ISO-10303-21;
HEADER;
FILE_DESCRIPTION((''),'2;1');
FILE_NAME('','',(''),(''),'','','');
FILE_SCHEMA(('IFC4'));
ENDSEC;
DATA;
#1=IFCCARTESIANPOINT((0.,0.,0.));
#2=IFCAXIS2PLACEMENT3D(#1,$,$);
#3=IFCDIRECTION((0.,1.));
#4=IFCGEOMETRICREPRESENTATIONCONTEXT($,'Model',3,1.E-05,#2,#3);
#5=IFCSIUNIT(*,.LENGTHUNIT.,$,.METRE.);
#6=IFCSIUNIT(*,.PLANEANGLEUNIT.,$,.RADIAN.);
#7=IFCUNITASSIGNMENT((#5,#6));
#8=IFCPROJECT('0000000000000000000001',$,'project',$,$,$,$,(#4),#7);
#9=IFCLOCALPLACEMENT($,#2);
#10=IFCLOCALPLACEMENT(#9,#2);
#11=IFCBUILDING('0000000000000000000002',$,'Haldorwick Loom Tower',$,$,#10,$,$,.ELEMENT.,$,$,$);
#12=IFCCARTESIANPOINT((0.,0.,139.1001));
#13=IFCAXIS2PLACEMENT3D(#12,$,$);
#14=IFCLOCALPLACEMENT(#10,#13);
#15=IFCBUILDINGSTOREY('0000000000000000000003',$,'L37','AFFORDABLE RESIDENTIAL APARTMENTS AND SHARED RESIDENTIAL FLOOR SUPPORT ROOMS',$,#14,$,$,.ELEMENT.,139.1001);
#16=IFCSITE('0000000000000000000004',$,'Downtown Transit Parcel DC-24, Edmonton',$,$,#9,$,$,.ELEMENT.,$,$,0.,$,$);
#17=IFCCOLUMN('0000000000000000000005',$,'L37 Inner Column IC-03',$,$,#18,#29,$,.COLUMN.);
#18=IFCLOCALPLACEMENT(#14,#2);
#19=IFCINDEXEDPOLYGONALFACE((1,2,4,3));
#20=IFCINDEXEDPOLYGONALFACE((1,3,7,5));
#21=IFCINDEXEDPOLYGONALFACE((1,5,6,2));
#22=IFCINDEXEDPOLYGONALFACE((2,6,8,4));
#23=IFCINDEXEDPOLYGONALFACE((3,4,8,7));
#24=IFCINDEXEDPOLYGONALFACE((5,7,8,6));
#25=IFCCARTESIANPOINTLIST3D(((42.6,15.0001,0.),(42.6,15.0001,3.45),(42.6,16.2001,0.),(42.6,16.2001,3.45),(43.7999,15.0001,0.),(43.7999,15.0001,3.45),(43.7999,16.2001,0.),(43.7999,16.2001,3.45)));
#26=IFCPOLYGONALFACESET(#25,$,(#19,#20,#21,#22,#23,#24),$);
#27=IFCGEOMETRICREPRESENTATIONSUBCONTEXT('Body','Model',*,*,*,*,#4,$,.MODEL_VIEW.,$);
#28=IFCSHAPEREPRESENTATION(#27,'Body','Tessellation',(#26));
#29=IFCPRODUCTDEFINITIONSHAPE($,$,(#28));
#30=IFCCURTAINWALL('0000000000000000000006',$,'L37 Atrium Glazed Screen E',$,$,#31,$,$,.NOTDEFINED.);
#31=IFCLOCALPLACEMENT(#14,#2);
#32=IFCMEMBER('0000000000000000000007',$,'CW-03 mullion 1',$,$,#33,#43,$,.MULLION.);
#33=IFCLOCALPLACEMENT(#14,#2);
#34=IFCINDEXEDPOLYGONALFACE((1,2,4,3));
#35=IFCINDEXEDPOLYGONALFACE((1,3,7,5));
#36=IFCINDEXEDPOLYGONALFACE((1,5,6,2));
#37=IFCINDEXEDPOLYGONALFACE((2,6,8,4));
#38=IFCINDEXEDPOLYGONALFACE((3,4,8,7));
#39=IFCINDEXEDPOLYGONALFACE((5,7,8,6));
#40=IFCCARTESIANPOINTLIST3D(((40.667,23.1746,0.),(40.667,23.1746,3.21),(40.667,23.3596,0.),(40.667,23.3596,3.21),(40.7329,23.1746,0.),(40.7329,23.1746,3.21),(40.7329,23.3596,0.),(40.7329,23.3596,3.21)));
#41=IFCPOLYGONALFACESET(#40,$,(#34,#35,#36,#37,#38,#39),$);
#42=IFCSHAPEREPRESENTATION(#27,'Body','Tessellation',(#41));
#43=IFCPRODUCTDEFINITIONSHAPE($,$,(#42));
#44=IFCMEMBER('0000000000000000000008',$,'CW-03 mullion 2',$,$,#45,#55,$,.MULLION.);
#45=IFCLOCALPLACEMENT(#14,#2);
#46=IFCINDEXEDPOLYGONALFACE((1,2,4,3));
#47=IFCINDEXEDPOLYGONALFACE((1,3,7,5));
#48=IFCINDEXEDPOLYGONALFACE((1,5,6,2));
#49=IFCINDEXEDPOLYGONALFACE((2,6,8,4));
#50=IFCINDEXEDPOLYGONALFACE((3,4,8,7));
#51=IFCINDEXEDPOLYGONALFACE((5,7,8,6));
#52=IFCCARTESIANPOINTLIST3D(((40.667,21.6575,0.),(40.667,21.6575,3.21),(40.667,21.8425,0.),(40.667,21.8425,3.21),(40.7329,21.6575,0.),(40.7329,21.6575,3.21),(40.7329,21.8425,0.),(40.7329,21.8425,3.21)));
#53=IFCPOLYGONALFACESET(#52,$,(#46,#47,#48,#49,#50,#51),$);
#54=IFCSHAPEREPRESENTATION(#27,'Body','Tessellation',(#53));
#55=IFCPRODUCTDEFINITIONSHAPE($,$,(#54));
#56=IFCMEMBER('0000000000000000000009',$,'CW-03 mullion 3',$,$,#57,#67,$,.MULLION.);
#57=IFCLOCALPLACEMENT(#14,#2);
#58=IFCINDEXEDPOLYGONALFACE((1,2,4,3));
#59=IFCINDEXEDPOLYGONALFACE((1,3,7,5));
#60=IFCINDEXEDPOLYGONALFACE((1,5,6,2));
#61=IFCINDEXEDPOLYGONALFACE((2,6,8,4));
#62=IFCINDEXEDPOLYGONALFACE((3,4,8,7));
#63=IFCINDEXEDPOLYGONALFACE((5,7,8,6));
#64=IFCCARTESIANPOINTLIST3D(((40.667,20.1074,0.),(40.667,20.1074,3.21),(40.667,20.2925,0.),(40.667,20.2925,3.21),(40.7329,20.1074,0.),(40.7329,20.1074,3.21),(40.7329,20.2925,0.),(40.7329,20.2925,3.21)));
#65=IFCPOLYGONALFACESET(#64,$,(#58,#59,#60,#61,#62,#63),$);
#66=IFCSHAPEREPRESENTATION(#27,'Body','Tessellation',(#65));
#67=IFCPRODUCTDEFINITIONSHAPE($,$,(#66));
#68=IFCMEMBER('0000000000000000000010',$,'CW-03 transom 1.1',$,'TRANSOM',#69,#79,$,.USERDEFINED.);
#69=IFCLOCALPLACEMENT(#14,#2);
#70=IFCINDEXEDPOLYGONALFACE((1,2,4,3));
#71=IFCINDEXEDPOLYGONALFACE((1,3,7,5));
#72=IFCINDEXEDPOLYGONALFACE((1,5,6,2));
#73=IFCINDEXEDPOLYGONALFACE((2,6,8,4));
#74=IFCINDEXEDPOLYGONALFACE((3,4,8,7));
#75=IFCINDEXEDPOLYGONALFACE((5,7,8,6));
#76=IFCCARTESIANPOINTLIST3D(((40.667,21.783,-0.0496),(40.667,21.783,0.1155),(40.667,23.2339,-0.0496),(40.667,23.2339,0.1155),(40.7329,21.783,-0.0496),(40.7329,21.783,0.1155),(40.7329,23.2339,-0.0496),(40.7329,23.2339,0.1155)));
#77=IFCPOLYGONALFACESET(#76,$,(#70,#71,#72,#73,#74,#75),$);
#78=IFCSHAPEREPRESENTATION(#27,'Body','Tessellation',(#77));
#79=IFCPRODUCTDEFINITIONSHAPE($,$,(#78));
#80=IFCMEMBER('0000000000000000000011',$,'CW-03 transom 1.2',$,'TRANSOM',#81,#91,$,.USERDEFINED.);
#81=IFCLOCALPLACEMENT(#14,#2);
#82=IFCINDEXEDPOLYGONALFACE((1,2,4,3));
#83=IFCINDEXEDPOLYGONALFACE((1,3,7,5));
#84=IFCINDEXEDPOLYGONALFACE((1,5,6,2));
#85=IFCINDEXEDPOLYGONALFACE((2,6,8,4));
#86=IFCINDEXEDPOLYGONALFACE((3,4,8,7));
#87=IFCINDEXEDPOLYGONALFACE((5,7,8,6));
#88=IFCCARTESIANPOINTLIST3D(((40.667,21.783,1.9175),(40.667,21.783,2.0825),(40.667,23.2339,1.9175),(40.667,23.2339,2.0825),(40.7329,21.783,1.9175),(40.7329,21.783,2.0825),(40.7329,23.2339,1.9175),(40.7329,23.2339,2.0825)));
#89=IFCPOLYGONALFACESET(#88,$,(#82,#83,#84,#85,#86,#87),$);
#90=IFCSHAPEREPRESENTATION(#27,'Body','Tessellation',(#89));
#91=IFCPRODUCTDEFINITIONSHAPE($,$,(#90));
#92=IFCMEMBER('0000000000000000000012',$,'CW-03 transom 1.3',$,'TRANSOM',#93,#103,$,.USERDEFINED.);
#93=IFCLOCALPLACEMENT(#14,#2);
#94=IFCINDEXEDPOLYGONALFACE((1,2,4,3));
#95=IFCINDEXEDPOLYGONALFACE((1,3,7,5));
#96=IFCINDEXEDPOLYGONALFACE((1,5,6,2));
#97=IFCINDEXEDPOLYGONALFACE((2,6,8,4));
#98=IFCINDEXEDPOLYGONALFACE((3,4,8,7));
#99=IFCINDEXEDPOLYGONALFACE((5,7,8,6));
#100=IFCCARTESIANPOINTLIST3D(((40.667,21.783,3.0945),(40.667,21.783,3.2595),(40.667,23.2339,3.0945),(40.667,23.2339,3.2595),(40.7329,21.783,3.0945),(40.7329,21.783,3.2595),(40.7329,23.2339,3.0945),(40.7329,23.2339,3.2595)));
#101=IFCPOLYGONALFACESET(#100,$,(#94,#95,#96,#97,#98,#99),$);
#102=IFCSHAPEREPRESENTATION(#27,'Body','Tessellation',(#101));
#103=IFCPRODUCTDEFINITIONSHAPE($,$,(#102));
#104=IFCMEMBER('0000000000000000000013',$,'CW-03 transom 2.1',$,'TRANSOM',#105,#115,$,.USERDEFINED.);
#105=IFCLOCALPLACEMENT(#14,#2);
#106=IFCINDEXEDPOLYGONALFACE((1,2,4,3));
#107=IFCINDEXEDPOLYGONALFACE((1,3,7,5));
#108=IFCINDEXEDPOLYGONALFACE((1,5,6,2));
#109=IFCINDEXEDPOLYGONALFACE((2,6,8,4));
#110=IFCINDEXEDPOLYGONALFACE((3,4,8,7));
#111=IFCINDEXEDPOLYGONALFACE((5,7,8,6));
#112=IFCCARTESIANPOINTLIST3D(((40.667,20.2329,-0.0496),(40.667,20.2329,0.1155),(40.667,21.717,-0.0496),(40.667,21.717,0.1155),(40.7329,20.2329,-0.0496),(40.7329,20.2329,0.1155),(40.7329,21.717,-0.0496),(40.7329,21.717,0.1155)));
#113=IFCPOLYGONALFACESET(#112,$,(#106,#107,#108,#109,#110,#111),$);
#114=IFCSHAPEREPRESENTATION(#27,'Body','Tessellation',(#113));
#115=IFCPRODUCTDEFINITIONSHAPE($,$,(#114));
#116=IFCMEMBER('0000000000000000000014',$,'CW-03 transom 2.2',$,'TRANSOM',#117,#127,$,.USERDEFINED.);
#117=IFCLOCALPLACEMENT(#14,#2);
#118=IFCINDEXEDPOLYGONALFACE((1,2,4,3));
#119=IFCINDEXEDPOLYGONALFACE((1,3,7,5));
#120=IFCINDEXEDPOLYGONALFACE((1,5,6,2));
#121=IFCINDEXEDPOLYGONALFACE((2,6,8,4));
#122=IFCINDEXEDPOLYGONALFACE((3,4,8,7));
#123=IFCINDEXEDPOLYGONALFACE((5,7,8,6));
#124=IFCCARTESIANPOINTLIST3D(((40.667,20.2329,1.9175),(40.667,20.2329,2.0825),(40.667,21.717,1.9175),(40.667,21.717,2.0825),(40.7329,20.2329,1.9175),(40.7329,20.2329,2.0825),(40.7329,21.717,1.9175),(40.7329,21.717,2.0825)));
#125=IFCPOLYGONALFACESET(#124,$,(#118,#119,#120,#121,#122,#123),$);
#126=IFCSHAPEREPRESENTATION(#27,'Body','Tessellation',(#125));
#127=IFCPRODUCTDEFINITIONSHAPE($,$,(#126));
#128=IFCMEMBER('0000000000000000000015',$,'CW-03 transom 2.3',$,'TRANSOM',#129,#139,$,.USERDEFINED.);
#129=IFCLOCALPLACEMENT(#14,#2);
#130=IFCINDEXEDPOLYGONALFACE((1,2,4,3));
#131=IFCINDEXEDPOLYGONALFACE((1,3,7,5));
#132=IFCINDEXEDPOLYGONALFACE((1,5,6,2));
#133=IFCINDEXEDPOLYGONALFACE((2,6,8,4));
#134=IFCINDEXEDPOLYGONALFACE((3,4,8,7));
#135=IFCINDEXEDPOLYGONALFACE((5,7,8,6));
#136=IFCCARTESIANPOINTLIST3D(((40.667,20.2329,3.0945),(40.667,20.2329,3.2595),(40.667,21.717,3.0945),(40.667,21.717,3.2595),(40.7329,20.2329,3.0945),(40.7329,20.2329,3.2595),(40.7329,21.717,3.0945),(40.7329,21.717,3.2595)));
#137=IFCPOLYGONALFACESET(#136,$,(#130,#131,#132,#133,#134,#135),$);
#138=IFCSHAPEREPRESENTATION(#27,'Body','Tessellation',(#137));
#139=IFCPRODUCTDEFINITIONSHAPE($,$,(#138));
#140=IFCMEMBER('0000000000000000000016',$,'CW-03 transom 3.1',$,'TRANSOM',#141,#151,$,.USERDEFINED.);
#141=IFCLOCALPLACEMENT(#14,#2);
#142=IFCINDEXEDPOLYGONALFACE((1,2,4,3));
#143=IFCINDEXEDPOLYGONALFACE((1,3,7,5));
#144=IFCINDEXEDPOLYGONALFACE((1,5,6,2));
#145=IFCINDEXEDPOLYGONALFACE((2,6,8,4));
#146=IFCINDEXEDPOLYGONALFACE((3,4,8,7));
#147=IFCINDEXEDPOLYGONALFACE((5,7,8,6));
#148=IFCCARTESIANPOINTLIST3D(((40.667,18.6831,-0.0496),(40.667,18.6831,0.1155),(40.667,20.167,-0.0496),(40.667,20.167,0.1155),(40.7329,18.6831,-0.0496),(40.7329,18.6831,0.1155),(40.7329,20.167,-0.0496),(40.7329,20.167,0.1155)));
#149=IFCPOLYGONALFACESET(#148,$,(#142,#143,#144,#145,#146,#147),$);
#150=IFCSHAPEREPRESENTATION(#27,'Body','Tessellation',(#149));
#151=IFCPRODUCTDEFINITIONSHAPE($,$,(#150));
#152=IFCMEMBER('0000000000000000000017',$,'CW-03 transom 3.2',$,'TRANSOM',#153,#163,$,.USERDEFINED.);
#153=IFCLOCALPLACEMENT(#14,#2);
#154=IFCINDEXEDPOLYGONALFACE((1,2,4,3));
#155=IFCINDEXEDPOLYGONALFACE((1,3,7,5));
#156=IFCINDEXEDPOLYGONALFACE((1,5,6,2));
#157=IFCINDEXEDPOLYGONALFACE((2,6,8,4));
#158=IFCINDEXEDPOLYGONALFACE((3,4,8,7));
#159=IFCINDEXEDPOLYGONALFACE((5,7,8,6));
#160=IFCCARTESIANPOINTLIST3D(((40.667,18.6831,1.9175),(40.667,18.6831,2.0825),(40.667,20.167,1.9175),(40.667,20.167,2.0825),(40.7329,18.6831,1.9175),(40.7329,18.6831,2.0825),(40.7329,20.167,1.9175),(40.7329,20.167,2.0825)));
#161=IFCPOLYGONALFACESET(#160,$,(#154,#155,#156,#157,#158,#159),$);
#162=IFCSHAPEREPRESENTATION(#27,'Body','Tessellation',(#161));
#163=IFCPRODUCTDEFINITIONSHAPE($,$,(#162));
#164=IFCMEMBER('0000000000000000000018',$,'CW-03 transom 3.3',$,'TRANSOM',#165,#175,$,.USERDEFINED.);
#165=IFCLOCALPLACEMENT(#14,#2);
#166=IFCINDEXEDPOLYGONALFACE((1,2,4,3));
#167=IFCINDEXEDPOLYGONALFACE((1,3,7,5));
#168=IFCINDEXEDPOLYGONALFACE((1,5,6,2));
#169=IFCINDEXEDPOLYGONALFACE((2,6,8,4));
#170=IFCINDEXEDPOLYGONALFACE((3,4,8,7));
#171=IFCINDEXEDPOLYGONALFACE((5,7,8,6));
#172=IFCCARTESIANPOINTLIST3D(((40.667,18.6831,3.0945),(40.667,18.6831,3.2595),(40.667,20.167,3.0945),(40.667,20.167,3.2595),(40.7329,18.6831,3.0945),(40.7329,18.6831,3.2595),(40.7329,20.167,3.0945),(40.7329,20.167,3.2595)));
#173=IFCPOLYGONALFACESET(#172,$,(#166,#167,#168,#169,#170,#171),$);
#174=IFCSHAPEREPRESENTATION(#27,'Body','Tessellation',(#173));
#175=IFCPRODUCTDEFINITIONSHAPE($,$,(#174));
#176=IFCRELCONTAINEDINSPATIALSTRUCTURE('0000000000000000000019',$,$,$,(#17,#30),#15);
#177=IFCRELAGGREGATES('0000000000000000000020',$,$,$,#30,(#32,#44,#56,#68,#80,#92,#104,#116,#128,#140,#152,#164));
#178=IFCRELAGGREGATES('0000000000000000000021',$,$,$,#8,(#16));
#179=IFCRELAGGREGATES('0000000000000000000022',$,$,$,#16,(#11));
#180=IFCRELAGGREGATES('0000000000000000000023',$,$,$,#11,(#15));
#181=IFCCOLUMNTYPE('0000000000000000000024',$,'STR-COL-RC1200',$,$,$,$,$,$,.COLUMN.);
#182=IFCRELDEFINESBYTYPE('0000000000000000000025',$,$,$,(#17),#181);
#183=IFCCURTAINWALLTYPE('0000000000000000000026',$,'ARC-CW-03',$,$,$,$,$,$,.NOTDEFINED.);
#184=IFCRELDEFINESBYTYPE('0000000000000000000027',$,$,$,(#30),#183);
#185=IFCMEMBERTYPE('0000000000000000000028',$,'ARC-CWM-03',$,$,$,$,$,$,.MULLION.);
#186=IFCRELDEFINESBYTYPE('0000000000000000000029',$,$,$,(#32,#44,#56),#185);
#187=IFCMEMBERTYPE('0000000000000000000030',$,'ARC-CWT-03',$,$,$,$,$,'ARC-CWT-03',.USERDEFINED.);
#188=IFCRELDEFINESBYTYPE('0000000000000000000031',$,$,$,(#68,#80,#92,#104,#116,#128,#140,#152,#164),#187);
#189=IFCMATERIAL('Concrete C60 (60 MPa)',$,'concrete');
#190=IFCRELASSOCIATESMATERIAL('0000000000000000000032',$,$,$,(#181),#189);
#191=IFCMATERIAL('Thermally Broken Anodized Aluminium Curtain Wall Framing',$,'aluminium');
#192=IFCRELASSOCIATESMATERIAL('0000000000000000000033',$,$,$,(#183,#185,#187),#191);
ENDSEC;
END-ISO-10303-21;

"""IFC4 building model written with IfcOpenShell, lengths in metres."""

from ifc_helpers import new_model, si_unit, direction, frame, origin, origin_2d, place, context, subcontext, project, spatial, rectangle, extrude, material, material_profile, profile_set, type_object, element, aggregate, save


model = new_model("IFC4")

# Units and contexts
model_context = context("Model", 3, precision=1e-05, world=origin(), true_north=direction((0.0, 1.0)))
body_context = subcontext(model_context, "Body", "Model", "MODEL_VIEW")
ifc_project = project(units=[si_unit("LENGTHUNIT", "METRE"), si_unit("PLANEANGLEUNIT", "RADIAN")], contexts=[model_context])

# Site, building, storey
site_placement = place(None, origin())
site = spatial("IfcSite", under=ifc_project, at=site_placement, Name="Downtown Transit Parcel DC-24, Edmonton", CompositionType="ELEMENT", RefElevation=0.0)
building_placement = place(site_placement, origin())
building = spatial("IfcBuilding", under=site, at=building_placement, Name="Haldorwick Loom Tower", CompositionType="ELEMENT")
storey_placement = place(building_placement, frame((0.0, 0.0, 139.1001)))
storey = spatial("IfcBuildingStorey", under=building, at=storey_placement, Name="L37", Description="AFFORDABLE RESIDENTIAL APARTMENTS AND SHARED RESIDENTIAL FLOOR SUPPORT ROOMS", CompositionType="ELEMENT", Elevation=139.1001)

# Column
ifc_material_1 = material(Name="Concrete C60 (60 MPa)", Category="concrete")
ifc_material_profile_1 = material_profile(ifc_material_1, rectangle(XDim=1.2, YDim=1.2, at=origin_2d()), Name="RC1200X1200", Category="concrete")
ifc_profile_set_1 = profile_set([ifc_material_profile_1], Name="Concrete C60 (60 MPa)")
column_type = type_object("IfcColumnType", Name="STR-COL-RC1200", PredefinedType="COLUMN", material=ifc_profile_set_1)
column_placement = place(storey_placement, frame((43.2, 15.6001, 0.0), z_axis=(0.0, 0.0, 1.0), x_axis=(1.0, 0.0, 0.0)))
element("IfcColumn", 1, at=column_placement, inside=storey, type_object=column_type, Name="L37 Inner Column IC-03", PredefinedType="COLUMN", context=body_context, shape_type="SweptSolid", body=[
    extrude(rectangle(XDim=1.2, YDim=1.2, at=origin_2d()), origin(), (0.0, 0.0, 1.0), 3.45),
])

# Curtain wall, members
ifc_material_2 = material(Name="Thermally Broken Anodized Aluminium Curtain Wall Framing", Category="aluminium")
curtain_wall_type = type_object("IfcCurtainWallType", Name="ARC-CW-03", PredefinedType="NOTDEFINED", material=ifc_material_2)
curtain_wall_placement = place(storey_placement, origin())
curtain_wall = element("IfcCurtainWall", 2, at=curtain_wall_placement, inside=storey, type_object=curtain_wall_type, Name="L37 Atrium Glazed Screen E", PredefinedType="NOTDEFINED")
ifc_material_profile_2 = material_profile(ifc_material_2, rectangle(XDim=0.0659, YDim=0.1851, at=origin_2d()), Name="ALU_MUL_66X185", Category="aluminium")
ifc_profile_set_2 = profile_set([ifc_material_profile_2], Name="Thermally Broken Anodized Aluminium Curtain Wall Framing")
member_type_1 = type_object("IfcMemberType", Name="ARC-CWM-03", PredefinedType="MULLION", material=ifc_profile_set_2)
member_1_placement = place(storey_placement, frame((40.7, 23.2671, 0.0), z_axis=(0.0, 0.0, 1.0), x_axis=(1.0, 0.0, 0.0)))
member_1 = element("IfcMember", 3, at=member_1_placement, type_object=member_type_1, Name="CW-03 mullion 1", PredefinedType="MULLION", context=body_context, shape_type="SweptSolid", body=[
    extrude(rectangle(XDim=0.0659, YDim=0.1851, at=origin_2d()), origin(), (0.0, 0.0, 1.0), 3.21),
])
member_2_placement = place(storey_placement, frame((40.7, 21.75, 0.0), z_axis=(0.0, 0.0, 1.0), x_axis=(1.0, 0.0, 0.0)))
member_2 = element("IfcMember", 4, at=member_2_placement, type_object=member_type_1, Name="CW-03 mullion 2", PredefinedType="MULLION", context=body_context, shape_type="SweptSolid", body=[
    extrude(rectangle(XDim=0.0659, YDim=0.1851, at=origin_2d()), origin(), (0.0, 0.0, 1.0), 3.21),
])
member_3_placement = place(storey_placement, frame((40.7, 20.2, 0.0), z_axis=(0.0, 0.0, 1.0), x_axis=(1.0, 0.0, 0.0)))
member_3 = element("IfcMember", 5, at=member_3_placement, type_object=member_type_1, Name="CW-03 mullion 3", PredefinedType="MULLION", context=body_context, shape_type="SweptSolid", body=[
    extrude(rectangle(XDim=0.0659, YDim=0.1851, at=origin_2d()), origin(), (0.0, 0.0, 1.0), 3.21),
])
ifc_material_profile_3 = material_profile(ifc_material_2, rectangle(XDim=0.0659, YDim=0.165, at=origin_2d()), Name="ALU_TRN_66X165", Category="aluminium")
ifc_profile_set_3 = profile_set([ifc_material_profile_3], Name="Thermally Broken Anodized Aluminium Curtain Wall Framing")
member_type_2 = type_object("IfcMemberType", Name="ARC-CWT-03", ElementType="ARC-CWT-03", PredefinedType="USERDEFINED", material=ifc_profile_set_3)
member_4_placement = place(storey_placement, frame((40.7, 23.2339, 0.033), z_axis=(0.0, -1.0, 0.0), x_axis=(1.0, 0.0, 0.0)))
member_4 = element("IfcMember", 6, at=member_4_placement, type_object=member_type_2, Name="CW-03 transom 1.1", ObjectType="TRANSOM", PredefinedType="USERDEFINED", context=body_context, shape_type="SweptSolid", body=[
    extrude(rectangle(XDim=0.0659, YDim=0.165, at=origin_2d()), origin(), (0.0, 0.0, 1.0), 1.4509),
])
member_5_placement = place(storey_placement, frame((40.7, 23.2339, 2.0), z_axis=(0.0, -1.0, 0.0), x_axis=(1.0, 0.0, 0.0)))
member_5 = element("IfcMember", 7, at=member_5_placement, type_object=member_type_2, Name="CW-03 transom 1.2", ObjectType="TRANSOM", PredefinedType="USERDEFINED", context=body_context, shape_type="SweptSolid", body=[
    extrude(rectangle(XDim=0.0659, YDim=0.165, at=origin_2d()), origin(), (0.0, 0.0, 1.0), 1.4509),
])
member_6_placement = place(storey_placement, frame((40.7, 23.2339, 3.177), z_axis=(0.0, -1.0, 0.0), x_axis=(1.0, 0.0, 0.0)))
member_6 = element("IfcMember", 8, at=member_6_placement, type_object=member_type_2, Name="CW-03 transom 1.3", ObjectType="TRANSOM", PredefinedType="USERDEFINED", context=body_context, shape_type="SweptSolid", body=[
    extrude(rectangle(XDim=0.0659, YDim=0.165, at=origin_2d()), origin(), (0.0, 0.0, 1.0), 1.4509),
])
member_7_placement = place(storey_placement, frame((40.7, 21.717, 0.033), z_axis=(0.0, -1.0, 0.0), x_axis=(1.0, 0.0, 0.0)))
member_7 = element("IfcMember", 9, at=member_7_placement, type_object=member_type_2, Name="CW-03 transom 2.1", ObjectType="TRANSOM", PredefinedType="USERDEFINED", context=body_context, shape_type="SweptSolid", body=[
    extrude(rectangle(XDim=0.0659, YDim=0.165, at=origin_2d()), origin(), (0.0, 0.0, 1.0), 1.4841),
])
member_8_placement = place(storey_placement, frame((40.7, 21.717, 2.0), z_axis=(0.0, -1.0, 0.0), x_axis=(1.0, 0.0, 0.0)))
member_8 = element("IfcMember", 10, at=member_8_placement, type_object=member_type_2, Name="CW-03 transom 2.2", ObjectType="TRANSOM", PredefinedType="USERDEFINED", context=body_context, shape_type="SweptSolid", body=[
    extrude(rectangle(XDim=0.0659, YDim=0.165, at=origin_2d()), origin(), (0.0, 0.0, 1.0), 1.4841),
])
member_9_placement = place(storey_placement, frame((40.7, 21.717, 3.177), z_axis=(0.0, -1.0, 0.0), x_axis=(1.0, 0.0, 0.0)))
member_9 = element("IfcMember", 11, at=member_9_placement, type_object=member_type_2, Name="CW-03 transom 2.3", ObjectType="TRANSOM", PredefinedType="USERDEFINED", context=body_context, shape_type="SweptSolid", body=[
    extrude(rectangle(XDim=0.0659, YDim=0.165, at=origin_2d()), origin(), (0.0, 0.0, 1.0), 1.4841),
])
member_10_placement = place(storey_placement, frame((40.7, 20.167, 0.033), z_axis=(0.0, -1.0, 0.0), x_axis=(1.0, 0.0, 0.0)))
member_10 = element("IfcMember", 12, at=member_10_placement, type_object=member_type_2, Name="CW-03 transom 3.1", ObjectType="TRANSOM", PredefinedType="USERDEFINED", context=body_context, shape_type="SweptSolid", body=[
    extrude(rectangle(XDim=0.0659, YDim=0.165, at=origin_2d()), origin(), (0.0, 0.0, 1.0), 1.4839),
])
member_11_placement = place(storey_placement, frame((40.7, 20.167, 2.0), z_axis=(0.0, -1.0, 0.0), x_axis=(1.0, 0.0, 0.0)))
member_11 = element("IfcMember", 13, at=member_11_placement, type_object=member_type_2, Name="CW-03 transom 3.2", ObjectType="TRANSOM", PredefinedType="USERDEFINED", context=body_context, shape_type="SweptSolid", body=[
    extrude(rectangle(XDim=0.0659, YDim=0.165, at=origin_2d()), origin(), (0.0, 0.0, 1.0), 1.4839),
])
member_12_placement = place(storey_placement, frame((40.7, 20.167, 3.177), z_axis=(0.0, -1.0, 0.0), x_axis=(1.0, 0.0, 0.0)))
member_12 = element("IfcMember", 14, at=member_12_placement, type_object=member_type_2, Name="CW-03 transom 3.3", ObjectType="TRANSOM", PredefinedType="USERDEFINED", context=body_context, shape_type="SweptSolid", body=[
    extrude(rectangle(XDim=0.0659, YDim=0.165, at=origin_2d()), origin(), (0.0, 0.0, 1.0), 1.4839),
])

aggregate(curtain_wall, [member_1, member_2, member_3, member_4, member_5, member_6, member_7, member_8, member_9, member_10, member_11, member_12])

save(model, "model.ifc")
